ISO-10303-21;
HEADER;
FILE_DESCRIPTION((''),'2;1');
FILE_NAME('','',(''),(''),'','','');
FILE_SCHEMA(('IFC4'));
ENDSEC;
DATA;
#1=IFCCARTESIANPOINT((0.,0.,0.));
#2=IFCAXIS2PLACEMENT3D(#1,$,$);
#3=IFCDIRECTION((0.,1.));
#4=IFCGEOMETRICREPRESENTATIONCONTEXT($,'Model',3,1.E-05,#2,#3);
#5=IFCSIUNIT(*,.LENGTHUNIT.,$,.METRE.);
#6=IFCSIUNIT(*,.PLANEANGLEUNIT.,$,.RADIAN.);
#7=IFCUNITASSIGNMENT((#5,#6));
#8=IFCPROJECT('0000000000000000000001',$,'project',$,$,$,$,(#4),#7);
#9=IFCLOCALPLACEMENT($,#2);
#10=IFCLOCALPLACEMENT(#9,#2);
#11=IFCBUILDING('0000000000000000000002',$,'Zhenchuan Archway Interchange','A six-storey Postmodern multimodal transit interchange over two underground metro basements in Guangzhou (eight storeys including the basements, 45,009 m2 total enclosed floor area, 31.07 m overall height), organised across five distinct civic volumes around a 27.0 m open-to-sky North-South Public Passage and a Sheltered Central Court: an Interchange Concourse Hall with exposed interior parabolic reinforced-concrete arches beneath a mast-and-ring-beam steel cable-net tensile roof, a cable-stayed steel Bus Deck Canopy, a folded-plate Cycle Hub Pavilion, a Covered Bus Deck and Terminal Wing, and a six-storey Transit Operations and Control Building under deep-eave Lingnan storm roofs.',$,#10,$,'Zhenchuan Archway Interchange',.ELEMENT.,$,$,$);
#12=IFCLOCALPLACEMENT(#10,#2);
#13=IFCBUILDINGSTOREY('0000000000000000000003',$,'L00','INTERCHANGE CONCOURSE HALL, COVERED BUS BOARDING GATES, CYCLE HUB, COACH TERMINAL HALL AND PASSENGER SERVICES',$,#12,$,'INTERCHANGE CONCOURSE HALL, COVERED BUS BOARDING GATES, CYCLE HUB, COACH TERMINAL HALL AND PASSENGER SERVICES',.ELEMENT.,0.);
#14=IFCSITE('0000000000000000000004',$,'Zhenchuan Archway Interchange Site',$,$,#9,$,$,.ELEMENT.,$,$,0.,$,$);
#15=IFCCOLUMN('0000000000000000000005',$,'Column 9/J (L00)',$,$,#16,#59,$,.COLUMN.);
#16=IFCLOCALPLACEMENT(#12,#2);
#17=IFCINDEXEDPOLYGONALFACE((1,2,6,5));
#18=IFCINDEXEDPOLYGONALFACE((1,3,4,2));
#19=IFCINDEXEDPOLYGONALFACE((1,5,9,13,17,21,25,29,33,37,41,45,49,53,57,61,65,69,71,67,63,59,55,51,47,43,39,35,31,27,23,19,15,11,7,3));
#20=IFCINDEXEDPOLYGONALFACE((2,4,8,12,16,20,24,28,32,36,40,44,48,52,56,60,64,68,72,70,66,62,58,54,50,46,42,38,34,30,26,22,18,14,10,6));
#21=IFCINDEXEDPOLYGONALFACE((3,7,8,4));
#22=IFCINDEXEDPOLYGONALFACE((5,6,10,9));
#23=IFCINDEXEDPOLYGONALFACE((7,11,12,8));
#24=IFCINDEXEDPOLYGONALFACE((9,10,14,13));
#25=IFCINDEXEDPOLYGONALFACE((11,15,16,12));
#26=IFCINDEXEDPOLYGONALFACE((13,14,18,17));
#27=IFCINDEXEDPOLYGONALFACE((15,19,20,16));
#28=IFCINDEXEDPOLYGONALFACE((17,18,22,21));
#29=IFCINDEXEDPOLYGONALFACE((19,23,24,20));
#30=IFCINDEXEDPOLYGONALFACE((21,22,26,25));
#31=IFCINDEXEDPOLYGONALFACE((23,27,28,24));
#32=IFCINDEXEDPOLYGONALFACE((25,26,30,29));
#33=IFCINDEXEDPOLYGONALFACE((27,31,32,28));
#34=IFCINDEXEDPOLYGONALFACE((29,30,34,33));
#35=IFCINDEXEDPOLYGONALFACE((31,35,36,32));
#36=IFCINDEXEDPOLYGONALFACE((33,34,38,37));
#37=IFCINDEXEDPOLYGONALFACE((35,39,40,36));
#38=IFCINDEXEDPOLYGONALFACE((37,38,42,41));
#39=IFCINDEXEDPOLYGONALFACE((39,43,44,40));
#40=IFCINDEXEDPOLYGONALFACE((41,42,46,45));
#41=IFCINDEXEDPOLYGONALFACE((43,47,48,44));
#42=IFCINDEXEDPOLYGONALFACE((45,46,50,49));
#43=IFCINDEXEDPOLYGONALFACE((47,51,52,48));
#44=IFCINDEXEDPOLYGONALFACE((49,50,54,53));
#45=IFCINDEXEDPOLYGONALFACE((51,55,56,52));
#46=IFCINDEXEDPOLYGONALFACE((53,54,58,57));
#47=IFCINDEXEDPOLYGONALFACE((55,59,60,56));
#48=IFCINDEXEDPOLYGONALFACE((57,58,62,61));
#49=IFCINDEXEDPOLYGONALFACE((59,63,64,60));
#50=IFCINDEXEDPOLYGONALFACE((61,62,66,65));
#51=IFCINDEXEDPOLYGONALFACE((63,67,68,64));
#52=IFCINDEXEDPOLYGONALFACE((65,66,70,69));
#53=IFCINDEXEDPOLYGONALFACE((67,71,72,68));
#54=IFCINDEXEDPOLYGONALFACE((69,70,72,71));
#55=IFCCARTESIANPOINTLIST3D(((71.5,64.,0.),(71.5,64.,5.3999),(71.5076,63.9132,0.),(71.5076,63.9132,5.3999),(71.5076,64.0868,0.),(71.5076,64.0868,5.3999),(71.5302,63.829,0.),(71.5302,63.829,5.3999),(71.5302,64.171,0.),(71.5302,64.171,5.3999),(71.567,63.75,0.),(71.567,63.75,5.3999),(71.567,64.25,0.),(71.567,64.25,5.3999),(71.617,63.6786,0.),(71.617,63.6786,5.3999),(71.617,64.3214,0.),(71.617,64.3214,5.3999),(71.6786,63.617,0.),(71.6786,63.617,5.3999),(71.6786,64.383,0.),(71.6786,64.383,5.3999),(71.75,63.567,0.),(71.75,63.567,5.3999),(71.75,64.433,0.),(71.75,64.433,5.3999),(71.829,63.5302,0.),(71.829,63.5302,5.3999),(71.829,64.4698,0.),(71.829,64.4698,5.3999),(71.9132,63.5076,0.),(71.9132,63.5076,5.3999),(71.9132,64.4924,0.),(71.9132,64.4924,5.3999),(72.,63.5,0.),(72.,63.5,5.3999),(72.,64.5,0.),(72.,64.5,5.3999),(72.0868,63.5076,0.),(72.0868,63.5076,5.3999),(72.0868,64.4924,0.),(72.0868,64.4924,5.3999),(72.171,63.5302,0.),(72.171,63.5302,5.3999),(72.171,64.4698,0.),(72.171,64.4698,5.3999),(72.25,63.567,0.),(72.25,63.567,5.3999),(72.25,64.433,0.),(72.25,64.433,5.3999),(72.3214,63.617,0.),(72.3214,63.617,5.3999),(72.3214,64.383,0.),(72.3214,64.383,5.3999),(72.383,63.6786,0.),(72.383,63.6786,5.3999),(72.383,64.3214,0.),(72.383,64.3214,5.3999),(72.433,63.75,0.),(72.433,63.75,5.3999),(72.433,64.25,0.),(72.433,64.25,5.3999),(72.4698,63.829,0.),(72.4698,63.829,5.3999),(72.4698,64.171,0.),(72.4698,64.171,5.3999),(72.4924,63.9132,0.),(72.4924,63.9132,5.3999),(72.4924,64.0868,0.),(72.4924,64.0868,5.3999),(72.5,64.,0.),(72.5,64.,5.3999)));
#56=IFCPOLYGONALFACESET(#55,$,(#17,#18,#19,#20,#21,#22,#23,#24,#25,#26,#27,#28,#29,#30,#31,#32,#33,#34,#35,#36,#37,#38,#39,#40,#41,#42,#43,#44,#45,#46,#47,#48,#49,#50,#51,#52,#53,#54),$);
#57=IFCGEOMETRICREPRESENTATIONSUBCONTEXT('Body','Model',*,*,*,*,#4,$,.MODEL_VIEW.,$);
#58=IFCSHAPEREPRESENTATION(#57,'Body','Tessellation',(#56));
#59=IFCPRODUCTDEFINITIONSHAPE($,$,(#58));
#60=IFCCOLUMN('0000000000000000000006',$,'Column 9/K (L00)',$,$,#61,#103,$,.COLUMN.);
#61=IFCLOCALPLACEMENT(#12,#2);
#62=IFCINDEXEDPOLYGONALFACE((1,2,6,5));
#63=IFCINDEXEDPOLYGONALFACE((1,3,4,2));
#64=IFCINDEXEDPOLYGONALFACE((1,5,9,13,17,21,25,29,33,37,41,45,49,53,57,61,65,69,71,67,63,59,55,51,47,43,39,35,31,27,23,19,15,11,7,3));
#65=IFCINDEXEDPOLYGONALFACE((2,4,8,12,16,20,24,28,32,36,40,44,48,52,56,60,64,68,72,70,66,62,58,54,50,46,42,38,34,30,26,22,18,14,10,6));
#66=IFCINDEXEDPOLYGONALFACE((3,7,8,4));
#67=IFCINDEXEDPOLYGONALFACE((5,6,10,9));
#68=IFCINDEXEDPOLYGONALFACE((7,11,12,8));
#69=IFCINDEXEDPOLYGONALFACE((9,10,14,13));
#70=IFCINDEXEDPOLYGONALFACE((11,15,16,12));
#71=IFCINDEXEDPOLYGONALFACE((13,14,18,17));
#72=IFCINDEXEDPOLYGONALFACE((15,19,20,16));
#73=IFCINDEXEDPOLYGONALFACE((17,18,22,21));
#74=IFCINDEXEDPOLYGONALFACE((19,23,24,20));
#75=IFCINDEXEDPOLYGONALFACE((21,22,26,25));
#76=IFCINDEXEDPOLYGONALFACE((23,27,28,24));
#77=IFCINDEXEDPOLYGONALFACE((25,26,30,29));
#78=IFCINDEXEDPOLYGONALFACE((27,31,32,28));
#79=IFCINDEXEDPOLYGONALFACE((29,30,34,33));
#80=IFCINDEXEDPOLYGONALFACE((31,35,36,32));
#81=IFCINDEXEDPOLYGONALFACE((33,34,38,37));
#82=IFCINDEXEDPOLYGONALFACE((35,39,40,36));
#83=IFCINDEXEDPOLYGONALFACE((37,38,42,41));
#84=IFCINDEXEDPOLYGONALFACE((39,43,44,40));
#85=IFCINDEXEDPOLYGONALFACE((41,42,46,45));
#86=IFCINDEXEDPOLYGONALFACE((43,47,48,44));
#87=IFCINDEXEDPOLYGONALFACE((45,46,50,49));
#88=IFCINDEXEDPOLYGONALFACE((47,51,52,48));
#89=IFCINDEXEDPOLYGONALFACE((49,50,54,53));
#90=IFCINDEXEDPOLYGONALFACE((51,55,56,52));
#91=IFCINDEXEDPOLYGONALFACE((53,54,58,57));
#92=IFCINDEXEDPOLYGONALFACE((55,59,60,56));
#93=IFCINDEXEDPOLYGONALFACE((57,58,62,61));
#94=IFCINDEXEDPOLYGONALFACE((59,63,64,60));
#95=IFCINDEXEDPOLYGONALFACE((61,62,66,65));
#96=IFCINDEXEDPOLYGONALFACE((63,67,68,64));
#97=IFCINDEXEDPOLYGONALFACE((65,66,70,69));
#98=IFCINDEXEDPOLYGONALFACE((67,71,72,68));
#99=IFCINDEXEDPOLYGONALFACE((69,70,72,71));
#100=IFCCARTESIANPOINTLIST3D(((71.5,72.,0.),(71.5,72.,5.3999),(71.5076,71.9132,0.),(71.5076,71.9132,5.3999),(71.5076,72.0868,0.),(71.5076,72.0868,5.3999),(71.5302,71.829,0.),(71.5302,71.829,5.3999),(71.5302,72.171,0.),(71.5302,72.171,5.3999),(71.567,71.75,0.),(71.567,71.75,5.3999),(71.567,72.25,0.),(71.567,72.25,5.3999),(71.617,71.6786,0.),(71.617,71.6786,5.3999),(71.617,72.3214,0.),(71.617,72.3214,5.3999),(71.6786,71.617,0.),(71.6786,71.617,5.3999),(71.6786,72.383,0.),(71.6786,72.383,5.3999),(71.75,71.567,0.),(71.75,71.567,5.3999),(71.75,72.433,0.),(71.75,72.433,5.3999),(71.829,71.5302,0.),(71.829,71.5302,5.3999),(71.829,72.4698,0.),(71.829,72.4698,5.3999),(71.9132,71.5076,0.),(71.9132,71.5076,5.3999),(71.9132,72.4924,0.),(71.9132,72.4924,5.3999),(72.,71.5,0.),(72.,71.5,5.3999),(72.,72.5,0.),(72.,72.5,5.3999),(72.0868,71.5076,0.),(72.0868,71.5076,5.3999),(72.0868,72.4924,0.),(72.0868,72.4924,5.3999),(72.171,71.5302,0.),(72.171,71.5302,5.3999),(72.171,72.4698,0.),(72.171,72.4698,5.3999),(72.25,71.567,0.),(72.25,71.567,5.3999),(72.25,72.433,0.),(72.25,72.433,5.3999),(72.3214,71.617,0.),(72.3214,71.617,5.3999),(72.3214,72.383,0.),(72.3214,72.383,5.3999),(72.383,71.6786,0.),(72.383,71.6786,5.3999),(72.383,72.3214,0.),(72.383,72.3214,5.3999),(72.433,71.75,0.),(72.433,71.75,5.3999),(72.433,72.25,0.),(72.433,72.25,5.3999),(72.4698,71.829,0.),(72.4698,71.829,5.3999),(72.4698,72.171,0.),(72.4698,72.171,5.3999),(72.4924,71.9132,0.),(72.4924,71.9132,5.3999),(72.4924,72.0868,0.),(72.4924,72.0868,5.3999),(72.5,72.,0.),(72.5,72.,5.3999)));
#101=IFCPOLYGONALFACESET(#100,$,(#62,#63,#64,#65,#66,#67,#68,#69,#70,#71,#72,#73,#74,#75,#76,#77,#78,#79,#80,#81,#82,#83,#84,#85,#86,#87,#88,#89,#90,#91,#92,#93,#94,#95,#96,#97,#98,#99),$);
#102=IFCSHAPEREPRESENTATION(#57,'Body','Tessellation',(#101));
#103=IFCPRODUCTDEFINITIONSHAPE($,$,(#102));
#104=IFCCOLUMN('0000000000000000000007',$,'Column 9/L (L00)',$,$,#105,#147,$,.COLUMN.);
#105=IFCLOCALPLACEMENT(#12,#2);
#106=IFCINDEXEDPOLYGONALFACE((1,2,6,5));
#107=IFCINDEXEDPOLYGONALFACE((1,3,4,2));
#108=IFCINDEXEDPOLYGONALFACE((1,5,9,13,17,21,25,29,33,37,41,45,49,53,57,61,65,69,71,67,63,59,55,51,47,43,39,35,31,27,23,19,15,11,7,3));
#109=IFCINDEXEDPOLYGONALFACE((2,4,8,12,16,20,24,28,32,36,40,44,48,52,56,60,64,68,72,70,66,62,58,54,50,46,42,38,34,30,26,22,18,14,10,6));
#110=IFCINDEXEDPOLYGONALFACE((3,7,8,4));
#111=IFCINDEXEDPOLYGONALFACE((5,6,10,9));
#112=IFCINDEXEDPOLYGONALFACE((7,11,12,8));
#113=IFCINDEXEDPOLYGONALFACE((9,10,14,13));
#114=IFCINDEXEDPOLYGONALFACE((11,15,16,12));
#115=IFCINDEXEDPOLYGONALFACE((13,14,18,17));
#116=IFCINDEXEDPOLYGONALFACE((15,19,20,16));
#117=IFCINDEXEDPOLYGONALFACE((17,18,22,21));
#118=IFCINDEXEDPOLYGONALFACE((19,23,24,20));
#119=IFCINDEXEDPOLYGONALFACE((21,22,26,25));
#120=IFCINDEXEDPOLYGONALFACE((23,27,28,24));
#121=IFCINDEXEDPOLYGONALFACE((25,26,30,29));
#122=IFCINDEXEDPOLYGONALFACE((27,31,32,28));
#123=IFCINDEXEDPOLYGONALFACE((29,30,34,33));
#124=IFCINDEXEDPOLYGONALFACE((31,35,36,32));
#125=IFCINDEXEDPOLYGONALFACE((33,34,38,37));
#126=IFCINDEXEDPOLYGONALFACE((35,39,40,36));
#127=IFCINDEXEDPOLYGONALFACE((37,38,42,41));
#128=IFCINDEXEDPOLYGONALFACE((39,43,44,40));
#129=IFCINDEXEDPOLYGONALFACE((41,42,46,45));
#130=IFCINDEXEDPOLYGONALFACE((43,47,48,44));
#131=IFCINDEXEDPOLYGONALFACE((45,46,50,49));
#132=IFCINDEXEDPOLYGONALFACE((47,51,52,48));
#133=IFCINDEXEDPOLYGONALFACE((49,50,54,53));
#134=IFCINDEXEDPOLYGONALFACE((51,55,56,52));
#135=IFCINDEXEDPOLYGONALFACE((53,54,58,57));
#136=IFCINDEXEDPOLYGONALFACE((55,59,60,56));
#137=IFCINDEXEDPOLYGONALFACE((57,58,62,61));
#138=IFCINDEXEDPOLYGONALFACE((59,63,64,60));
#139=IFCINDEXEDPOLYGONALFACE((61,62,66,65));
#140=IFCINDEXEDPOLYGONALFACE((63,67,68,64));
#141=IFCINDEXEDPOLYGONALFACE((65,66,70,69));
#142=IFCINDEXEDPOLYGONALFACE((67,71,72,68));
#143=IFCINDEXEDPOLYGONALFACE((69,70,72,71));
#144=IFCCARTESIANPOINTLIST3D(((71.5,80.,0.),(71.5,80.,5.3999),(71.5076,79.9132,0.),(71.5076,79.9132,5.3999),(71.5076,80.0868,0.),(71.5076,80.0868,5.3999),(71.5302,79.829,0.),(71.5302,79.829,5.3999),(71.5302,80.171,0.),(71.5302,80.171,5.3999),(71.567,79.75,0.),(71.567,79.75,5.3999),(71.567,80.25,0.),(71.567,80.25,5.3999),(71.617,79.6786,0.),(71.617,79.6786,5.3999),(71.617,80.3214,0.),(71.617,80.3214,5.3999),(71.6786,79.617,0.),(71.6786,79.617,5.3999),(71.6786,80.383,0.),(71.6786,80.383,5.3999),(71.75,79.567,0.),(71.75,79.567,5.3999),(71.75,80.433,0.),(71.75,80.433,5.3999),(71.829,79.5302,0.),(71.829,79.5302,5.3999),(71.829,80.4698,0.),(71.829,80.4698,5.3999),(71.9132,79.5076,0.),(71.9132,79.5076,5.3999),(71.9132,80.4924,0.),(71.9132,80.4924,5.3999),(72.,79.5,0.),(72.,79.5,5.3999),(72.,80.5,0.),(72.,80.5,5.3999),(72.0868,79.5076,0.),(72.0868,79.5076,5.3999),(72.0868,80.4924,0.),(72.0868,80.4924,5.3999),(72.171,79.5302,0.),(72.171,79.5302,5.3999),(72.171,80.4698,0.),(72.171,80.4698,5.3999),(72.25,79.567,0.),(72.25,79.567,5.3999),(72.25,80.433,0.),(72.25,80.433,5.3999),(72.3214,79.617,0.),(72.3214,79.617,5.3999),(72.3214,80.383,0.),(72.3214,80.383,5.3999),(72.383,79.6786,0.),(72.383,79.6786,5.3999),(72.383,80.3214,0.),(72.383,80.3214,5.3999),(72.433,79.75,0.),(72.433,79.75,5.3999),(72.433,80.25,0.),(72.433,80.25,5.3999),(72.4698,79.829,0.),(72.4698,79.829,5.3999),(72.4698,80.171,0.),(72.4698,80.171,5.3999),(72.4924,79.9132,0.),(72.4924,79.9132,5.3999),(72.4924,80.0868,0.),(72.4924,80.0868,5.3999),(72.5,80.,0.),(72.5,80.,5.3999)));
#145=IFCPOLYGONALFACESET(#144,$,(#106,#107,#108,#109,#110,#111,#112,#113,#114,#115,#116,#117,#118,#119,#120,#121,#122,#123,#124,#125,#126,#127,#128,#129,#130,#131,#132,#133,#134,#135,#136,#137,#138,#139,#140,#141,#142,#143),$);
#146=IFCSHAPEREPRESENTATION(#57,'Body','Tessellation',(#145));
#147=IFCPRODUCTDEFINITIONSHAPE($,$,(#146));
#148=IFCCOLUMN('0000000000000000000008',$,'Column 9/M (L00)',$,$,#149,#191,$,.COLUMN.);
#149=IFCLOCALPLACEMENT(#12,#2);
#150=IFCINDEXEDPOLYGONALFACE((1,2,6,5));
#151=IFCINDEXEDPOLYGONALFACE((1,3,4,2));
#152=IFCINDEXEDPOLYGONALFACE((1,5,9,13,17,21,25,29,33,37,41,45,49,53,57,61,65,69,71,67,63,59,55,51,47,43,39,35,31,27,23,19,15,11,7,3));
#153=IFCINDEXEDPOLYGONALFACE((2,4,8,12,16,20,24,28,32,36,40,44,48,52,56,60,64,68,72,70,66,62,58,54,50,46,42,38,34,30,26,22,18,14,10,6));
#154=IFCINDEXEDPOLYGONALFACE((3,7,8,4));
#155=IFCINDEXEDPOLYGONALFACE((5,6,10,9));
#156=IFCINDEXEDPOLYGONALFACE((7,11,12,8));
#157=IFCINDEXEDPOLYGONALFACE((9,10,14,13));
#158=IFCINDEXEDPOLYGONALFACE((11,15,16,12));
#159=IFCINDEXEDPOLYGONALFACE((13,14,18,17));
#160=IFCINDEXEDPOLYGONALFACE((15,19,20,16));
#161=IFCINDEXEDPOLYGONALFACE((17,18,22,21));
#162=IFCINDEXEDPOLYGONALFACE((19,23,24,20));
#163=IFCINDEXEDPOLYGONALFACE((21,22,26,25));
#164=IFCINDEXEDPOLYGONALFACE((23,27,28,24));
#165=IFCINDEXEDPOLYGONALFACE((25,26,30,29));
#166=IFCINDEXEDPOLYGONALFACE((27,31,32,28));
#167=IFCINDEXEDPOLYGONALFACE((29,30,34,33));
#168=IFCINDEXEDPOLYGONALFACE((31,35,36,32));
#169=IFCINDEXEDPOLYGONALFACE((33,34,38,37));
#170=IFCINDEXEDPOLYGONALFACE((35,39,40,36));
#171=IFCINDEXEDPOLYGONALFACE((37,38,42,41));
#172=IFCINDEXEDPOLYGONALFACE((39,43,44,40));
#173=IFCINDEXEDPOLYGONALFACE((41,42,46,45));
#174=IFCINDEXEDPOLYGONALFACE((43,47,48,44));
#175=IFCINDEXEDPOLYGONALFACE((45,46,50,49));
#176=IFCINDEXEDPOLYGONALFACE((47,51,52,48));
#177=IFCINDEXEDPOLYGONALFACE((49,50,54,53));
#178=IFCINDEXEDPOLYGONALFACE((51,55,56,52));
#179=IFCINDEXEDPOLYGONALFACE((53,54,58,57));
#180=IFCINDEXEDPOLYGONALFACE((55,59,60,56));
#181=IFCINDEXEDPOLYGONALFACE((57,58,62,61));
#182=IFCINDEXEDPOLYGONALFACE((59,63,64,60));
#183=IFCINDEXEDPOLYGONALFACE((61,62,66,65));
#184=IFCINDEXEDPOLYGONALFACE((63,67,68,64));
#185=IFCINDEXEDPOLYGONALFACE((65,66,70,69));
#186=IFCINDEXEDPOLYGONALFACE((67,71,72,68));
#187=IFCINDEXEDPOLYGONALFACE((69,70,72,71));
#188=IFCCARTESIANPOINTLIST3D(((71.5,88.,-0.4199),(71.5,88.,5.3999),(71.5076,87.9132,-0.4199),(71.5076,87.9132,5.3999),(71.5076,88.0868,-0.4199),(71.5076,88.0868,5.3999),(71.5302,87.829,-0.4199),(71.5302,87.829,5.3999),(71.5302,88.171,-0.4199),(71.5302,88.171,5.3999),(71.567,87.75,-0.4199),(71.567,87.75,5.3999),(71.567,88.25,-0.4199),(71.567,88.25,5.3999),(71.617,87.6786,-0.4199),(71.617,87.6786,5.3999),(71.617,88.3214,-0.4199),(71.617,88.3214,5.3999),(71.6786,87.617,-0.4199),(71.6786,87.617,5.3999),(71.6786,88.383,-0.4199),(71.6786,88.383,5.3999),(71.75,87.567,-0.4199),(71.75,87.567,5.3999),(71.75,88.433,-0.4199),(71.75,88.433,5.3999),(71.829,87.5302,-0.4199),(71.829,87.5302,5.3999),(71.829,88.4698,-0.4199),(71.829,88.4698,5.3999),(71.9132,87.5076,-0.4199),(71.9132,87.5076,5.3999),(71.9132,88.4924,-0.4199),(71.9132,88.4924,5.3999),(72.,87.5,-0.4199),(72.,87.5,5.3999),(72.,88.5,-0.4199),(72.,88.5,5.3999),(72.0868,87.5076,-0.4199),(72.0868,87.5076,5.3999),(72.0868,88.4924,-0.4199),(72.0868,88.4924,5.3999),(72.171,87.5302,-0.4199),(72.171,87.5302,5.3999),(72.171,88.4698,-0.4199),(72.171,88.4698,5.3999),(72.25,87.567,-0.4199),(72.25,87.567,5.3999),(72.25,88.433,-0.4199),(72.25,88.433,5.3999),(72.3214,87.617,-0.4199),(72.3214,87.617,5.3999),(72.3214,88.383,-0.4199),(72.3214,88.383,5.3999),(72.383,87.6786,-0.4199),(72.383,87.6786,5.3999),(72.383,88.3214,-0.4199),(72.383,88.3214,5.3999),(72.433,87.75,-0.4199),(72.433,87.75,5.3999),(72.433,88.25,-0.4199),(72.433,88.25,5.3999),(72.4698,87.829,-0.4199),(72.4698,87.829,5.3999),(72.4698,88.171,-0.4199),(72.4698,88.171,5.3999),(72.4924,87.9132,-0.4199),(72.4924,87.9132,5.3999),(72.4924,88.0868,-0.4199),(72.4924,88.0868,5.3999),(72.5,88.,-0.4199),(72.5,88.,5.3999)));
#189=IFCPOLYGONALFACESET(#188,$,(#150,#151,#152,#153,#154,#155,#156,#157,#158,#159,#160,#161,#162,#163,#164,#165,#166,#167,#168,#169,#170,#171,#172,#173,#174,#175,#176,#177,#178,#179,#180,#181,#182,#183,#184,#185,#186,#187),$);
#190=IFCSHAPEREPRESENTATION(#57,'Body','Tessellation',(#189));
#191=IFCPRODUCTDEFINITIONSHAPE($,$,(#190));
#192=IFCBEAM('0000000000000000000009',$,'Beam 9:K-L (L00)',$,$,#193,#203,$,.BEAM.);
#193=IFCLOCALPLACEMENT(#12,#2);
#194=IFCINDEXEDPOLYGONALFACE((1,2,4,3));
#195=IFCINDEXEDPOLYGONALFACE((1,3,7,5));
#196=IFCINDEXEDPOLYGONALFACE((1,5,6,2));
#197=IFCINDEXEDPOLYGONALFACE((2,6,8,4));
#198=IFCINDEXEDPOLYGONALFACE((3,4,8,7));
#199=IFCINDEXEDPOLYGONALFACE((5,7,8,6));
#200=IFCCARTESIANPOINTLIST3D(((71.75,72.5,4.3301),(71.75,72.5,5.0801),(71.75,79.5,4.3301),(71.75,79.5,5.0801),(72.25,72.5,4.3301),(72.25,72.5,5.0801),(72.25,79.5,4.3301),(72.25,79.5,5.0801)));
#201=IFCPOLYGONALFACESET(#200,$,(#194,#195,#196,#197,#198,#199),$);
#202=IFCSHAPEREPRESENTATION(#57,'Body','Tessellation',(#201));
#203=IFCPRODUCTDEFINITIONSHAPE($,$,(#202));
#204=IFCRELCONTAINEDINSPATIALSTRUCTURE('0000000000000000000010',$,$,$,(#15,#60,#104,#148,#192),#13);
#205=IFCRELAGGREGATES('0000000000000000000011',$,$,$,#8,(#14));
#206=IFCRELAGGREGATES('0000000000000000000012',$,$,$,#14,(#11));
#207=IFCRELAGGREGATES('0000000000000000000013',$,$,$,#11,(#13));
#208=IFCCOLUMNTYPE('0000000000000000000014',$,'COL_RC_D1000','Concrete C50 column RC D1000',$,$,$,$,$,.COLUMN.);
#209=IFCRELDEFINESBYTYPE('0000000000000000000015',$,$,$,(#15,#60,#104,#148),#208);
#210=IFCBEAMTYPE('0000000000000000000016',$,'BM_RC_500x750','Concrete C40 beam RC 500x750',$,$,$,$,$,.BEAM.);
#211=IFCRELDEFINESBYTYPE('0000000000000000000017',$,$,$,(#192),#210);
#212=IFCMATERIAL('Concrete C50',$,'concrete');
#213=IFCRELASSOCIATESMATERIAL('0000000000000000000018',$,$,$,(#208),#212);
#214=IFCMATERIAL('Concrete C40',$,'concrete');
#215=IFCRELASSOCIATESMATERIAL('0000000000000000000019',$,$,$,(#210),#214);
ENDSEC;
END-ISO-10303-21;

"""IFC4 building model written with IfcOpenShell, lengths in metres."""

from ifc_helpers import new_model, si_unit, direction, frame, origin, origin_2d, place, context, subcontext, project, spatial, rectangle, circle, extrude, material, material_profile, profile_set, type_object, element, save


model = new_model("IFC4")

# Units and contexts
model_context = context("Model", 3, precision=1e-05, world=origin(), true_north=direction((0.0, 1.0)))
body_context = subcontext(model_context, "Body", "Model", "MODEL_VIEW")
ifc_project = project(units=[si_unit("LENGTHUNIT", "METRE"), si_unit("PLANEANGLEUNIT", "RADIAN")], contexts=[model_context])

# Site, building, storey
site_placement = place(None, origin())
site = spatial("IfcSite", under=ifc_project, at=site_placement, Name="Zhenchuan Archway Interchange Site", CompositionType="ELEMENT", RefElevation=0.0)
building_placement = place(site_placement, origin())
building = spatial("IfcBuilding", under=site, at=building_placement, Name="Zhenchuan Archway Interchange", Description="A six-storey Postmodern multimodal transit interchange over two underground metro basements in Guangzhou (eight storeys including the basements, 45,009 m2 total enclosed floor area, 31.07 m overall height), organised across five distinct civic volumes around a 27.0 m open-to-sky North-South Public Passage and a Sheltered Central Court: an Interchange Concourse Hall with exposed interior parabolic reinforced-concrete arches beneath a mast-and-ring-beam steel cable-net tensile roof, a cable-stayed steel Bus Deck Canopy, a folded-plate Cycle Hub Pavilion, a Covered Bus Deck and Terminal Wing, and a six-storey Transit Operations and Control Building under deep-eave Lingnan storm roofs.", LongName="Zhenchuan Archway Interchange", CompositionType="ELEMENT")
storey_placement = place(building_placement, origin())
storey = spatial("IfcBuildingStorey", under=building, at=storey_placement, Name="L00", Description="INTERCHANGE CONCOURSE HALL, COVERED BUS BOARDING GATES, CYCLE HUB, COACH TERMINAL HALL AND PASSENGER SERVICES", LongName="INTERCHANGE CONCOURSE HALL, COVERED BUS BOARDING GATES, CYCLE HUB, COACH TERMINAL HALL AND PASSENGER SERVICES", CompositionType="ELEMENT", Elevation=0.0)

# Shared definitions
ifc_material_1 = material(Name="Concrete C40", Category="concrete")

# Columns
ifc_material_2 = material(Name="Concrete C50", Category="concrete")
ifc_material_profile_1 = material_profile(ifc_material_2, circle(Radius=0.5, at=origin_2d()), Name="RC D1000")
ifc_profile_set_1 = profile_set([ifc_material_profile_1], Name="Concrete C50")
column_type = type_object("IfcColumnType", Name="COL_RC_D1000", Description="Concrete C50 column RC D1000", PredefinedType="COLUMN", material=ifc_profile_set_1)
for number, where, z_axis, x_axis, name in (
    (1, (72.0, 64.0, 0.0), (0.0, 0.0, 1.0), (1.0, 0.0, 0.0), "Column 9/J (L00)"),
    (2, (72.0, 72.0, 0.0), (0.0, 0.0, 1.0), (1.0, 0.0, 0.0), "Column 9/K (L00)"),
    (3, (72.0, 80.0, 0.0), (0.0, 0.0, 1.0), (1.0, 0.0, 0.0), "Column 9/L (L00)"),
):
    element("IfcColumn", number, at=place(storey_placement, frame(where, z_axis=z_axis, x_axis=x_axis)), inside=storey, type_object=column_type, Name=name, PredefinedType="COLUMN", context=body_context, shape_type="SweptSolid", body=[
        extrude(circle(Radius=0.5, at=origin_2d()), origin(), (0.0, 0.0, 1.0), 5.3999),
    ])
column_placement = place(storey_placement, frame((72.0, 88.0, -0.4199), z_axis=(0.0, 0.0, 1.0), x_axis=(1.0, 0.0, 0.0)))
element("IfcColumn", 4, at=column_placement, inside=storey, type_object=column_type, Name="Column 9/M (L00)", PredefinedType="COLUMN", context=body_context, shape_type="SweptSolid", body=[
    extrude(circle(Radius=0.5, at=origin_2d()), origin(), (0.0, 0.0, 1.0), 5.8198),
])

# Beam
ifc_material_profile_2 = material_profile(ifc_material_1, rectangle(XDim=0.5, YDim=0.75, at=origin_2d()), Name="RC 500x750")
ifc_profile_set_2 = profile_set([ifc_material_profile_2], Name="Concrete C40")
beam_type_1 = type_object("IfcBeamType", Name="BM_RC_500x750", Description="Concrete C40 beam RC 500x750", PredefinedType="BEAM", material=ifc_profile_set_2)
for number, where, z_axis, x_axis, name in (
    (5, (72.0, 72.5, 4.7051), (0.0, 1.0, 0.0), (-1.0, 0.0, 0.0), "Beam 9:K-L (L00)"),
):
    element("IfcBeam", number, at=place(storey_placement, frame(where, z_axis=z_axis, x_axis=x_axis)), inside=storey, type_object=beam_type_1, Name=name, PredefinedType="BEAM", context=body_context, shape_type="SweptSolid", body=[
        extrude(rectangle(XDim=0.5, YDim=0.75, at=origin_2d()), origin(), (0.0, 0.0, 1.0), 7.0),
    ])

save(model, "model.ifc")
